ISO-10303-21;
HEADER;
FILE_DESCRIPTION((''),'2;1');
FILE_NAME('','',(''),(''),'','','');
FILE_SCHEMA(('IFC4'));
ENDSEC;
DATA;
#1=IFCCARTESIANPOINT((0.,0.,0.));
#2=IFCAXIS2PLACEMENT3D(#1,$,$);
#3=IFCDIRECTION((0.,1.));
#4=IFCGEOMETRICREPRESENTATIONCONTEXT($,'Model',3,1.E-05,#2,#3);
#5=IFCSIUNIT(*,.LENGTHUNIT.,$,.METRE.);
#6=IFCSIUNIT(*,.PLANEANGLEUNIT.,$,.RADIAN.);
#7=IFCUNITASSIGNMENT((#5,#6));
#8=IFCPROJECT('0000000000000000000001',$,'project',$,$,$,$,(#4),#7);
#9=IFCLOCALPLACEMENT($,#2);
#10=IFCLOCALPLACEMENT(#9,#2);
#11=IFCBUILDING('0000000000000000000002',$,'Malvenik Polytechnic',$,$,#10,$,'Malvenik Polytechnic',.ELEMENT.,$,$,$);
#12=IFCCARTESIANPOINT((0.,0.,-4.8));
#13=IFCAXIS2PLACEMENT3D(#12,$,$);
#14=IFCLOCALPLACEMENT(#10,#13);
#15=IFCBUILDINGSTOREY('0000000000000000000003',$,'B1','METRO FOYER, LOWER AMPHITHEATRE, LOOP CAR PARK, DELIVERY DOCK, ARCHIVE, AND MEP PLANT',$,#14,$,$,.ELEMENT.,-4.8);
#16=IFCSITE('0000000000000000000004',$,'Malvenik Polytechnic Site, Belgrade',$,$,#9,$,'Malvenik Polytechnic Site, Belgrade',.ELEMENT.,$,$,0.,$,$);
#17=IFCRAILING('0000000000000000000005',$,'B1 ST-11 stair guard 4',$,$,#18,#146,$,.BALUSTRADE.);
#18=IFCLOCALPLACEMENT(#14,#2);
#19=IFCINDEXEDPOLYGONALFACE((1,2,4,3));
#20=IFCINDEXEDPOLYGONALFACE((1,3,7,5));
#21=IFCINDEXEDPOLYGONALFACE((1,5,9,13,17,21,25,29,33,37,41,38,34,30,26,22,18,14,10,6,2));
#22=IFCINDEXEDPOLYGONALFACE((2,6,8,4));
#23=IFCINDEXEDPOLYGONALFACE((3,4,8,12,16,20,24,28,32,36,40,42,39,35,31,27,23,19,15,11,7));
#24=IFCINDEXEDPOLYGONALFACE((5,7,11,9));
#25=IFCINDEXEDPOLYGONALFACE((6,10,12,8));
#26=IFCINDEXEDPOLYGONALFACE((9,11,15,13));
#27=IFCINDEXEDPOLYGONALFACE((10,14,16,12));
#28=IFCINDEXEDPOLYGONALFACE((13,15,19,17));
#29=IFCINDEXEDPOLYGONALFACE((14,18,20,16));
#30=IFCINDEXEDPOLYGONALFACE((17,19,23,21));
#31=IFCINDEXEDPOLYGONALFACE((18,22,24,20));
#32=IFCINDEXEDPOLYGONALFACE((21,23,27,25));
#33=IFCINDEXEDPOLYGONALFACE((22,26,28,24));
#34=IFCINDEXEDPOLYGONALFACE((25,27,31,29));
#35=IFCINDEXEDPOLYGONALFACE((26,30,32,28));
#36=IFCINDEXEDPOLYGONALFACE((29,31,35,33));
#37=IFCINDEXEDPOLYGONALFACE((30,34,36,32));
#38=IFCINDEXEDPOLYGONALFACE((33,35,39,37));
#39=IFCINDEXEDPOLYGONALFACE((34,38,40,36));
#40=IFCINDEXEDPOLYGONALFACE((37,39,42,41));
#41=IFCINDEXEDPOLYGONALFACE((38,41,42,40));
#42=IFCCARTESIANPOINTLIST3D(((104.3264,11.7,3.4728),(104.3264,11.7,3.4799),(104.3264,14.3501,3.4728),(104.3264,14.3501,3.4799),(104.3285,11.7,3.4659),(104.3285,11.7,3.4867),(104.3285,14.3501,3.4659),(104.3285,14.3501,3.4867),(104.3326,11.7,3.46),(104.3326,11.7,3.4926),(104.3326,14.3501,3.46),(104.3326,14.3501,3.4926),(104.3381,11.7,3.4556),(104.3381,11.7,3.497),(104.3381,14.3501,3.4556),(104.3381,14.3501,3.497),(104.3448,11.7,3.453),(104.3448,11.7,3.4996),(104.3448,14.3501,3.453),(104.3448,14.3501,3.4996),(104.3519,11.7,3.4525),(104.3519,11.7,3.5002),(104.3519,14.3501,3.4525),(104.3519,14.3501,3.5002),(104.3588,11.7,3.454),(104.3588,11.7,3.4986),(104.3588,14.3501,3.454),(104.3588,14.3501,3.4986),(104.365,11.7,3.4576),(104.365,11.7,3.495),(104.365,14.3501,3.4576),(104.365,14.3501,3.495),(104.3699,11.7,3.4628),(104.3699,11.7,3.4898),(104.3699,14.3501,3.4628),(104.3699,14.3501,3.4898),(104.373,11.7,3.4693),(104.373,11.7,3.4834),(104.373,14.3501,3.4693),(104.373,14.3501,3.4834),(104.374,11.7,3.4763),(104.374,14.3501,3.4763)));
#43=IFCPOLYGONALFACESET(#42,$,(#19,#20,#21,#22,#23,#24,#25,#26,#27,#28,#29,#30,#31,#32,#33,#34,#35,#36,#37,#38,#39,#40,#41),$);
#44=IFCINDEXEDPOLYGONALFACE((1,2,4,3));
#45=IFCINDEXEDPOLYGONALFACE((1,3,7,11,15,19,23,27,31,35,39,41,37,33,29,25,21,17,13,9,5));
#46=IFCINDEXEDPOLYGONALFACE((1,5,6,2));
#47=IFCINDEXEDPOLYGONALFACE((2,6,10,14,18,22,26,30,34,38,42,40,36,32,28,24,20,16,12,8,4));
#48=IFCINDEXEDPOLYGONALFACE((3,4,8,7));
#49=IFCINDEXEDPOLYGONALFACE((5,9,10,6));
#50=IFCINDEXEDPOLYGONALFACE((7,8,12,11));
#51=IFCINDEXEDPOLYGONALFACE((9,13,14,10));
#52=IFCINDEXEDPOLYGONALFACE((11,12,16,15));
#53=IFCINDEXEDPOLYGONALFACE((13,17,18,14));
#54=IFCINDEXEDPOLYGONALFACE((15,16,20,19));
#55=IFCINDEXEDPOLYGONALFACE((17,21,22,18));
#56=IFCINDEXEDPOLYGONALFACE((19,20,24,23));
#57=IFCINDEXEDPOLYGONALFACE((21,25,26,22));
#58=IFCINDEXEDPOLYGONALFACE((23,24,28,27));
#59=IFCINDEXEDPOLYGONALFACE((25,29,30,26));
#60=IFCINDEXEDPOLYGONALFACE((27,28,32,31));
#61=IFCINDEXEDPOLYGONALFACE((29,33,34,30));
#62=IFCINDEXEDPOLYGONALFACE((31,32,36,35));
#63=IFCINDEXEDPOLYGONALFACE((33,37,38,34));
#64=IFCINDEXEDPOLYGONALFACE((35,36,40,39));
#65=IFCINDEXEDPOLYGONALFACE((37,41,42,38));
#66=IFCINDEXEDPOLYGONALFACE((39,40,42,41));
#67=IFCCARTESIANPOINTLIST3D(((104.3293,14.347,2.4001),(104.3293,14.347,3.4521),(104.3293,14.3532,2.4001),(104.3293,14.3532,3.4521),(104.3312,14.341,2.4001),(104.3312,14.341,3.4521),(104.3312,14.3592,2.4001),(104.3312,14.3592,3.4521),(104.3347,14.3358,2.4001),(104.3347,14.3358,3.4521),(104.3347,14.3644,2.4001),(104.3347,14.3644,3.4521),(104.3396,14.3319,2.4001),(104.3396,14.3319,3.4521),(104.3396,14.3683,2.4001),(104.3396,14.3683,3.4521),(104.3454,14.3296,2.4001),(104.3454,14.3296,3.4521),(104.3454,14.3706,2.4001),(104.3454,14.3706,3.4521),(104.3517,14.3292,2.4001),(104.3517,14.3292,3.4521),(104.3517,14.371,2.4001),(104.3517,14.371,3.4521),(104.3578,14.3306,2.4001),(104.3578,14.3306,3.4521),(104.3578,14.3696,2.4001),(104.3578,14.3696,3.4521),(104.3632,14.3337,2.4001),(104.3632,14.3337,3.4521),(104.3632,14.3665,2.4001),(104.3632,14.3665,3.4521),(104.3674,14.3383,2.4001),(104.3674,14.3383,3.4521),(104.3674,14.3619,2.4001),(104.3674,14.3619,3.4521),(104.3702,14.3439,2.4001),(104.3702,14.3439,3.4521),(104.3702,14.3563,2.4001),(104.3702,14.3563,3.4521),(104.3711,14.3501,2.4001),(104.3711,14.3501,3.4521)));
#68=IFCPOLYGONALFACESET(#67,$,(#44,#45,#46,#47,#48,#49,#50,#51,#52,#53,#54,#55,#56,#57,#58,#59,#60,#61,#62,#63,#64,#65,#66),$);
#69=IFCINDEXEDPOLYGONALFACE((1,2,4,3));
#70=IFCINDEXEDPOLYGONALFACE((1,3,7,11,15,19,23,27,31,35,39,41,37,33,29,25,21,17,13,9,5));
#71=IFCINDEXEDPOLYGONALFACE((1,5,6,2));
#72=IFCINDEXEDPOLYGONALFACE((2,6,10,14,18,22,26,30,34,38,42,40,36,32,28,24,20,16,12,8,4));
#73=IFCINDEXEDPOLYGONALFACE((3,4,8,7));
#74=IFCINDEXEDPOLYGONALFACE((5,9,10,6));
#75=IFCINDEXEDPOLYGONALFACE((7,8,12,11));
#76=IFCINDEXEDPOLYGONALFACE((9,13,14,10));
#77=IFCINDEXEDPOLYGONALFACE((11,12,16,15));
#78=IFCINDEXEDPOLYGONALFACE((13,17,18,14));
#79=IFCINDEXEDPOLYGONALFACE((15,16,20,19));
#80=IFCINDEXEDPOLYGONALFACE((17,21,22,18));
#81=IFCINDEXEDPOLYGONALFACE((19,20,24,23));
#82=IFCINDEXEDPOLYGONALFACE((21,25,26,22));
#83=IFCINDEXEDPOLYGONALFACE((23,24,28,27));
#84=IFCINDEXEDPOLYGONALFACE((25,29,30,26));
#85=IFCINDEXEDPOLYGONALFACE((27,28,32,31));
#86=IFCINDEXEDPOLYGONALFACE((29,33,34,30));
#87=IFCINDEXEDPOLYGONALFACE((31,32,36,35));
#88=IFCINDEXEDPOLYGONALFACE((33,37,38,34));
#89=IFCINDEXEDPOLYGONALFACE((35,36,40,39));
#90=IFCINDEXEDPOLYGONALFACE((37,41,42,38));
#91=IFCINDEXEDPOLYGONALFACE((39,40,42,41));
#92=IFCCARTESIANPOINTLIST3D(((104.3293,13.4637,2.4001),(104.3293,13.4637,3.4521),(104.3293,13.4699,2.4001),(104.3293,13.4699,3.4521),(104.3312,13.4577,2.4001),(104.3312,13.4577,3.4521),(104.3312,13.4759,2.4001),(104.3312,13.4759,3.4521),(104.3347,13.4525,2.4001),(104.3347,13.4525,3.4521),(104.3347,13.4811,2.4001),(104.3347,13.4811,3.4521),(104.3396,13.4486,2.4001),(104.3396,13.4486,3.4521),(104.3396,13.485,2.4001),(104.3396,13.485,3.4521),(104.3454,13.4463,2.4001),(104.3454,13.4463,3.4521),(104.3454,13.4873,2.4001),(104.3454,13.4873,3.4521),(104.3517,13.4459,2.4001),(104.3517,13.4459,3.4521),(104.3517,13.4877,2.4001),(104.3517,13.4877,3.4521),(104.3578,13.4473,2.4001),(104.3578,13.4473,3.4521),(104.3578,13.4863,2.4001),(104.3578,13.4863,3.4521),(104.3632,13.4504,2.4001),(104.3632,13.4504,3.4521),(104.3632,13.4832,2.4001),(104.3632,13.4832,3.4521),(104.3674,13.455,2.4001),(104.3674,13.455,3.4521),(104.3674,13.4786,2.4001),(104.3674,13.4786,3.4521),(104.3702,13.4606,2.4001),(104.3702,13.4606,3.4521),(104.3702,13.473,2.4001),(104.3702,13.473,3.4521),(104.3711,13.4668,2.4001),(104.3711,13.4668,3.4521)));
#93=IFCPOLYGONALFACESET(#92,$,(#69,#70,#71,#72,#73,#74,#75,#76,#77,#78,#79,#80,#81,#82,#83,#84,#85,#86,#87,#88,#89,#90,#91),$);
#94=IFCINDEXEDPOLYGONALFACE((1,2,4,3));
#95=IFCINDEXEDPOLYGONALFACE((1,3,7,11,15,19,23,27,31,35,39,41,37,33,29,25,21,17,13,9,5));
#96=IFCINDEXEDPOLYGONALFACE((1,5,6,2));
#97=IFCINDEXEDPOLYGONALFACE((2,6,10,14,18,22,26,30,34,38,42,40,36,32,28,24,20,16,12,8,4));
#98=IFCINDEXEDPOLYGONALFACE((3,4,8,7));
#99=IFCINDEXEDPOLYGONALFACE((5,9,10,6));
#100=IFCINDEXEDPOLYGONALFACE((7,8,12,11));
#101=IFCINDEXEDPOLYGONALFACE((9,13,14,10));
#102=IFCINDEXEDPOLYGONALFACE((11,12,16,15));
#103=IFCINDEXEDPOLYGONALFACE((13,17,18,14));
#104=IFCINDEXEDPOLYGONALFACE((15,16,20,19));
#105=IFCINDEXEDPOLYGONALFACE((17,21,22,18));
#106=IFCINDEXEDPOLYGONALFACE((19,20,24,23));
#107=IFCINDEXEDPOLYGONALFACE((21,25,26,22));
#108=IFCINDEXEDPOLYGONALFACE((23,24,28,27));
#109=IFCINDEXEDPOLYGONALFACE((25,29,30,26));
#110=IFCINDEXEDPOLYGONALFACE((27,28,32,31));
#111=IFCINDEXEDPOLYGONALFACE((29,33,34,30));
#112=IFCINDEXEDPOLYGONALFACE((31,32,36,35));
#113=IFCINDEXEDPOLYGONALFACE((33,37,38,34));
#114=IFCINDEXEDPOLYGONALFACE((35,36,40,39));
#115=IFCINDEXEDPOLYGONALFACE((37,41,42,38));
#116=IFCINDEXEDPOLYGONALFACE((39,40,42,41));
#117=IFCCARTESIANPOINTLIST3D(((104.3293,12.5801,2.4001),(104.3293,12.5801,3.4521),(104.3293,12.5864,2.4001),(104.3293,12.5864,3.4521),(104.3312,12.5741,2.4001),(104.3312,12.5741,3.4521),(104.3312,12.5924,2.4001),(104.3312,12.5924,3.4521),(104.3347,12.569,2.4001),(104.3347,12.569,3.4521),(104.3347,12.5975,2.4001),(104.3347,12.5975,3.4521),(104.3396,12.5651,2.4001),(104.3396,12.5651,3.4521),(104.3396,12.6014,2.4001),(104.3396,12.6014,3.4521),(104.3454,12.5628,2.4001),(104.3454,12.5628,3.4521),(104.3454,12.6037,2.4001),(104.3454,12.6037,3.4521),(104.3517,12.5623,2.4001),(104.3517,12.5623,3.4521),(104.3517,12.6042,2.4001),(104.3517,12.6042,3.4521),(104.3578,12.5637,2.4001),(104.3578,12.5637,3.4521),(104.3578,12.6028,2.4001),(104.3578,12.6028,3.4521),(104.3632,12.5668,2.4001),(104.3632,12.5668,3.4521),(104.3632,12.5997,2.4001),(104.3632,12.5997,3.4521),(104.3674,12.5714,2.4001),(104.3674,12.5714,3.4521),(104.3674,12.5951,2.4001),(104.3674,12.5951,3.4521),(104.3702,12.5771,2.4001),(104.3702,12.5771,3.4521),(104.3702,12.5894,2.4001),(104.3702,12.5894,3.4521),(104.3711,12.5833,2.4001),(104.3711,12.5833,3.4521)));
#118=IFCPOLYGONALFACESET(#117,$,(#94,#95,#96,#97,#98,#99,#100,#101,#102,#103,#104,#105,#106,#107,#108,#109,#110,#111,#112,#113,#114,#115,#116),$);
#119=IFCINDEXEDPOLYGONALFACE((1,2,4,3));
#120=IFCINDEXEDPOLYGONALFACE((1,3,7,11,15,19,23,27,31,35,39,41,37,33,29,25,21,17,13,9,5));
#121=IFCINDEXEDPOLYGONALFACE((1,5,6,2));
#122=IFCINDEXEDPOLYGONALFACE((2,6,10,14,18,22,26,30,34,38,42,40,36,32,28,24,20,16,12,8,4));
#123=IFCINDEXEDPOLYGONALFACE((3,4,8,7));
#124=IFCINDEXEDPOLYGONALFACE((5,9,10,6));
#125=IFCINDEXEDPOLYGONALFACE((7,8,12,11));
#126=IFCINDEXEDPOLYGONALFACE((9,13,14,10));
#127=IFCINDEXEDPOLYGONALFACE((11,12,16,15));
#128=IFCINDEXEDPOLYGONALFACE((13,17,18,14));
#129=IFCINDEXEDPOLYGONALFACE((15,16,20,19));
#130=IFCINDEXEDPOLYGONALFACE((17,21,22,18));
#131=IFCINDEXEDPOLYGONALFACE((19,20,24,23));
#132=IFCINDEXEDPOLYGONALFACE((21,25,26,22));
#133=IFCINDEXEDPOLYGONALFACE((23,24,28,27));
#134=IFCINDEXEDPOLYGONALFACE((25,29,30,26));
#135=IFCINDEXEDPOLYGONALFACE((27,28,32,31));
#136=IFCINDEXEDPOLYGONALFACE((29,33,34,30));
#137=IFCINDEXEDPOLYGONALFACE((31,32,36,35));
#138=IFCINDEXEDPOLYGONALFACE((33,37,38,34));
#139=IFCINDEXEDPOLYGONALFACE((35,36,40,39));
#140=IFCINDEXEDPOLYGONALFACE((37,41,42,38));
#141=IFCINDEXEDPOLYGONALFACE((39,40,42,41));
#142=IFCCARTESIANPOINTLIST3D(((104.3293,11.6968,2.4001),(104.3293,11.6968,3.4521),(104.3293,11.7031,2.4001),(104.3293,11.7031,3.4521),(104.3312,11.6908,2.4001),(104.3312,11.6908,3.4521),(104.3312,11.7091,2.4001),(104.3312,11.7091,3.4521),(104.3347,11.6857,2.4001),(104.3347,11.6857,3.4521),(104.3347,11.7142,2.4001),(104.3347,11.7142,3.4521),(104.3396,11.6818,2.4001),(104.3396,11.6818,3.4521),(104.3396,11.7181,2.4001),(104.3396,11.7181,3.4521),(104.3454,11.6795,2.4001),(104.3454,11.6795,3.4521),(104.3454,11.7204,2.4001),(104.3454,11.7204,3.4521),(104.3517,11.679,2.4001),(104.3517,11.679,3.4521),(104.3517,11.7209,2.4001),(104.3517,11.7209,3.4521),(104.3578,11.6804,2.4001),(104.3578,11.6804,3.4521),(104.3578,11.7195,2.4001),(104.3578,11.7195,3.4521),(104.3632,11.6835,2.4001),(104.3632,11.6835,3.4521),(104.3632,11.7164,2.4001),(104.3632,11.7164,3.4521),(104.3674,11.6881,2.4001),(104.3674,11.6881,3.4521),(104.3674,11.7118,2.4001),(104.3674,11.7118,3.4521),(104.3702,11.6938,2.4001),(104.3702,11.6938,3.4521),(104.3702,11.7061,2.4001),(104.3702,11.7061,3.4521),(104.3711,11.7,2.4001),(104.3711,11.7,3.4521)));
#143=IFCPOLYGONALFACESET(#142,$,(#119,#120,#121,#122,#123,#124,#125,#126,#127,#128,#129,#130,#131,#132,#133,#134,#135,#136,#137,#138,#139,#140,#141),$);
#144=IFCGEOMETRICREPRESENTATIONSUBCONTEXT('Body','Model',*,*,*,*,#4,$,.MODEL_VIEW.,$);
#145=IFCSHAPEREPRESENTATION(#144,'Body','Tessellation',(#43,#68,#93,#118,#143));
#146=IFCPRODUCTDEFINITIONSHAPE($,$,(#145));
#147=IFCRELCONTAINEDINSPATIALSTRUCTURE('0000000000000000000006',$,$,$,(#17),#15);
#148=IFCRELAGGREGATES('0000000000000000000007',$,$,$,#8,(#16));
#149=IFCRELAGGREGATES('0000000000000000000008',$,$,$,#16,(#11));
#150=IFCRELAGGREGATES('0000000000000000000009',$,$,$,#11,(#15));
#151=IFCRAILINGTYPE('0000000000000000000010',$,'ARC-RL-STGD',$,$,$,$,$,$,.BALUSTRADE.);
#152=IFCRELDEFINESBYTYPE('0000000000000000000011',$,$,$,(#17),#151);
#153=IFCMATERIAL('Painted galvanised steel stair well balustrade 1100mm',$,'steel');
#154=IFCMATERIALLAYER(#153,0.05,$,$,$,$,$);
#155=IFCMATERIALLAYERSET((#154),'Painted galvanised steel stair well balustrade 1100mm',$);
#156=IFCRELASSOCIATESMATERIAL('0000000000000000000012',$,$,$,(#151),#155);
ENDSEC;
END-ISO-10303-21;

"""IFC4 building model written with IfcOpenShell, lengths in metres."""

from ifc_helpers import new_model, si_unit, direction, frame, origin, origin_2d, place, context, subcontext, project, spatial, circle, extrude, material, layer, layer_set, type_object, element, save


model = new_model("IFC4")

# Units and contexts
model_context = context("Model", 3, precision=1e-05, world=origin(), true_north=direction((0.0, 1.0)))
body_context = subcontext(model_context, "Body", "Model", "MODEL_VIEW")
ifc_project = project(units=[si_unit("LENGTHUNIT", "METRE"), si_unit("PLANEANGLEUNIT", "RADIAN")], contexts=[model_context])

# Site, building, storey
site_placement = place(None, origin())
site = spatial("IfcSite", under=ifc_project, at=site_placement, Name="Malvenik Polytechnic Site, Belgrade", LongName="Malvenik Polytechnic Site, Belgrade", CompositionType="ELEMENT", RefElevation=0.0)
building_placement = place(site_placement, origin())
building = spatial("IfcBuilding", under=site, at=building_placement, Name="Malvenik Polytechnic", LongName="Malvenik Polytechnic", CompositionType="ELEMENT")
storey_placement = place(building_placement, frame((0.0, 0.0, -4.8)))
storey = spatial("IfcBuildingStorey", under=building, at=storey_placement, Name="B1", Description="METRO FOYER, LOWER AMPHITHEATRE, LOOP CAR PARK, DELIVERY DOCK, ARCHIVE, AND MEP PLANT", CompositionType="ELEMENT", Elevation=-4.8)

# Railing
ifc_material_1 = material(Name="Painted galvanised steel stair well balustrade 1100mm", Category="steel")
ifc_layer_1 = layer(ifc_material_1, 0.05)
ifc_layer_set_1 = layer_set([ifc_layer_1], Name="Painted galvanised steel stair well balustrade 1100mm")
railing_type_1 = type_object("IfcRailingType", Name="ARC-RL-STGD", PredefinedType="BALUSTRADE", material=ifc_layer_set_1)
for number, where, name in (
    (1, (104.3501, 14.3501, 2.4001), "B1 ST-11 stair guard 4"),
):
    element("IfcRailing", number, at=place(storey_placement, frame(where)), inside=storey, type_object=railing_type_1, Name=name, PredefinedType="BALUSTRADE", context=body_context, shape_type="SweptSolid", body=[
        extrude(circle(Radius=0.0239, at=origin_2d()), frame((0.0, 0.0, 1.0762), z_axis=(0.0, -1.0, 0.0), x_axis=(1.0, 0.0, 0.0)), (0.0, 0.0, 1.0), 2.6501),
        extrude(circle(Radius=0.021, at=origin_2d()), origin(), (0.0, 0.0, 1.0), 1.052),
        extrude(circle(Radius=0.021, at=origin_2d()), frame((0.0, -0.8833, 0.0)), (0.0, 0.0, 1.0), 1.052),
        extrude(circle(Radius=0.021, at=origin_2d()), frame((0.0, -1.7668, 0.0)), (0.0, 0.0, 1.0), 1.052),
        extrude(circle(Radius=0.021, at=origin_2d()), frame((0.0, -2.6501, 0.0)), (0.0, 0.0, 1.0), 1.052),
    ])

save(model, "model.ifc")
